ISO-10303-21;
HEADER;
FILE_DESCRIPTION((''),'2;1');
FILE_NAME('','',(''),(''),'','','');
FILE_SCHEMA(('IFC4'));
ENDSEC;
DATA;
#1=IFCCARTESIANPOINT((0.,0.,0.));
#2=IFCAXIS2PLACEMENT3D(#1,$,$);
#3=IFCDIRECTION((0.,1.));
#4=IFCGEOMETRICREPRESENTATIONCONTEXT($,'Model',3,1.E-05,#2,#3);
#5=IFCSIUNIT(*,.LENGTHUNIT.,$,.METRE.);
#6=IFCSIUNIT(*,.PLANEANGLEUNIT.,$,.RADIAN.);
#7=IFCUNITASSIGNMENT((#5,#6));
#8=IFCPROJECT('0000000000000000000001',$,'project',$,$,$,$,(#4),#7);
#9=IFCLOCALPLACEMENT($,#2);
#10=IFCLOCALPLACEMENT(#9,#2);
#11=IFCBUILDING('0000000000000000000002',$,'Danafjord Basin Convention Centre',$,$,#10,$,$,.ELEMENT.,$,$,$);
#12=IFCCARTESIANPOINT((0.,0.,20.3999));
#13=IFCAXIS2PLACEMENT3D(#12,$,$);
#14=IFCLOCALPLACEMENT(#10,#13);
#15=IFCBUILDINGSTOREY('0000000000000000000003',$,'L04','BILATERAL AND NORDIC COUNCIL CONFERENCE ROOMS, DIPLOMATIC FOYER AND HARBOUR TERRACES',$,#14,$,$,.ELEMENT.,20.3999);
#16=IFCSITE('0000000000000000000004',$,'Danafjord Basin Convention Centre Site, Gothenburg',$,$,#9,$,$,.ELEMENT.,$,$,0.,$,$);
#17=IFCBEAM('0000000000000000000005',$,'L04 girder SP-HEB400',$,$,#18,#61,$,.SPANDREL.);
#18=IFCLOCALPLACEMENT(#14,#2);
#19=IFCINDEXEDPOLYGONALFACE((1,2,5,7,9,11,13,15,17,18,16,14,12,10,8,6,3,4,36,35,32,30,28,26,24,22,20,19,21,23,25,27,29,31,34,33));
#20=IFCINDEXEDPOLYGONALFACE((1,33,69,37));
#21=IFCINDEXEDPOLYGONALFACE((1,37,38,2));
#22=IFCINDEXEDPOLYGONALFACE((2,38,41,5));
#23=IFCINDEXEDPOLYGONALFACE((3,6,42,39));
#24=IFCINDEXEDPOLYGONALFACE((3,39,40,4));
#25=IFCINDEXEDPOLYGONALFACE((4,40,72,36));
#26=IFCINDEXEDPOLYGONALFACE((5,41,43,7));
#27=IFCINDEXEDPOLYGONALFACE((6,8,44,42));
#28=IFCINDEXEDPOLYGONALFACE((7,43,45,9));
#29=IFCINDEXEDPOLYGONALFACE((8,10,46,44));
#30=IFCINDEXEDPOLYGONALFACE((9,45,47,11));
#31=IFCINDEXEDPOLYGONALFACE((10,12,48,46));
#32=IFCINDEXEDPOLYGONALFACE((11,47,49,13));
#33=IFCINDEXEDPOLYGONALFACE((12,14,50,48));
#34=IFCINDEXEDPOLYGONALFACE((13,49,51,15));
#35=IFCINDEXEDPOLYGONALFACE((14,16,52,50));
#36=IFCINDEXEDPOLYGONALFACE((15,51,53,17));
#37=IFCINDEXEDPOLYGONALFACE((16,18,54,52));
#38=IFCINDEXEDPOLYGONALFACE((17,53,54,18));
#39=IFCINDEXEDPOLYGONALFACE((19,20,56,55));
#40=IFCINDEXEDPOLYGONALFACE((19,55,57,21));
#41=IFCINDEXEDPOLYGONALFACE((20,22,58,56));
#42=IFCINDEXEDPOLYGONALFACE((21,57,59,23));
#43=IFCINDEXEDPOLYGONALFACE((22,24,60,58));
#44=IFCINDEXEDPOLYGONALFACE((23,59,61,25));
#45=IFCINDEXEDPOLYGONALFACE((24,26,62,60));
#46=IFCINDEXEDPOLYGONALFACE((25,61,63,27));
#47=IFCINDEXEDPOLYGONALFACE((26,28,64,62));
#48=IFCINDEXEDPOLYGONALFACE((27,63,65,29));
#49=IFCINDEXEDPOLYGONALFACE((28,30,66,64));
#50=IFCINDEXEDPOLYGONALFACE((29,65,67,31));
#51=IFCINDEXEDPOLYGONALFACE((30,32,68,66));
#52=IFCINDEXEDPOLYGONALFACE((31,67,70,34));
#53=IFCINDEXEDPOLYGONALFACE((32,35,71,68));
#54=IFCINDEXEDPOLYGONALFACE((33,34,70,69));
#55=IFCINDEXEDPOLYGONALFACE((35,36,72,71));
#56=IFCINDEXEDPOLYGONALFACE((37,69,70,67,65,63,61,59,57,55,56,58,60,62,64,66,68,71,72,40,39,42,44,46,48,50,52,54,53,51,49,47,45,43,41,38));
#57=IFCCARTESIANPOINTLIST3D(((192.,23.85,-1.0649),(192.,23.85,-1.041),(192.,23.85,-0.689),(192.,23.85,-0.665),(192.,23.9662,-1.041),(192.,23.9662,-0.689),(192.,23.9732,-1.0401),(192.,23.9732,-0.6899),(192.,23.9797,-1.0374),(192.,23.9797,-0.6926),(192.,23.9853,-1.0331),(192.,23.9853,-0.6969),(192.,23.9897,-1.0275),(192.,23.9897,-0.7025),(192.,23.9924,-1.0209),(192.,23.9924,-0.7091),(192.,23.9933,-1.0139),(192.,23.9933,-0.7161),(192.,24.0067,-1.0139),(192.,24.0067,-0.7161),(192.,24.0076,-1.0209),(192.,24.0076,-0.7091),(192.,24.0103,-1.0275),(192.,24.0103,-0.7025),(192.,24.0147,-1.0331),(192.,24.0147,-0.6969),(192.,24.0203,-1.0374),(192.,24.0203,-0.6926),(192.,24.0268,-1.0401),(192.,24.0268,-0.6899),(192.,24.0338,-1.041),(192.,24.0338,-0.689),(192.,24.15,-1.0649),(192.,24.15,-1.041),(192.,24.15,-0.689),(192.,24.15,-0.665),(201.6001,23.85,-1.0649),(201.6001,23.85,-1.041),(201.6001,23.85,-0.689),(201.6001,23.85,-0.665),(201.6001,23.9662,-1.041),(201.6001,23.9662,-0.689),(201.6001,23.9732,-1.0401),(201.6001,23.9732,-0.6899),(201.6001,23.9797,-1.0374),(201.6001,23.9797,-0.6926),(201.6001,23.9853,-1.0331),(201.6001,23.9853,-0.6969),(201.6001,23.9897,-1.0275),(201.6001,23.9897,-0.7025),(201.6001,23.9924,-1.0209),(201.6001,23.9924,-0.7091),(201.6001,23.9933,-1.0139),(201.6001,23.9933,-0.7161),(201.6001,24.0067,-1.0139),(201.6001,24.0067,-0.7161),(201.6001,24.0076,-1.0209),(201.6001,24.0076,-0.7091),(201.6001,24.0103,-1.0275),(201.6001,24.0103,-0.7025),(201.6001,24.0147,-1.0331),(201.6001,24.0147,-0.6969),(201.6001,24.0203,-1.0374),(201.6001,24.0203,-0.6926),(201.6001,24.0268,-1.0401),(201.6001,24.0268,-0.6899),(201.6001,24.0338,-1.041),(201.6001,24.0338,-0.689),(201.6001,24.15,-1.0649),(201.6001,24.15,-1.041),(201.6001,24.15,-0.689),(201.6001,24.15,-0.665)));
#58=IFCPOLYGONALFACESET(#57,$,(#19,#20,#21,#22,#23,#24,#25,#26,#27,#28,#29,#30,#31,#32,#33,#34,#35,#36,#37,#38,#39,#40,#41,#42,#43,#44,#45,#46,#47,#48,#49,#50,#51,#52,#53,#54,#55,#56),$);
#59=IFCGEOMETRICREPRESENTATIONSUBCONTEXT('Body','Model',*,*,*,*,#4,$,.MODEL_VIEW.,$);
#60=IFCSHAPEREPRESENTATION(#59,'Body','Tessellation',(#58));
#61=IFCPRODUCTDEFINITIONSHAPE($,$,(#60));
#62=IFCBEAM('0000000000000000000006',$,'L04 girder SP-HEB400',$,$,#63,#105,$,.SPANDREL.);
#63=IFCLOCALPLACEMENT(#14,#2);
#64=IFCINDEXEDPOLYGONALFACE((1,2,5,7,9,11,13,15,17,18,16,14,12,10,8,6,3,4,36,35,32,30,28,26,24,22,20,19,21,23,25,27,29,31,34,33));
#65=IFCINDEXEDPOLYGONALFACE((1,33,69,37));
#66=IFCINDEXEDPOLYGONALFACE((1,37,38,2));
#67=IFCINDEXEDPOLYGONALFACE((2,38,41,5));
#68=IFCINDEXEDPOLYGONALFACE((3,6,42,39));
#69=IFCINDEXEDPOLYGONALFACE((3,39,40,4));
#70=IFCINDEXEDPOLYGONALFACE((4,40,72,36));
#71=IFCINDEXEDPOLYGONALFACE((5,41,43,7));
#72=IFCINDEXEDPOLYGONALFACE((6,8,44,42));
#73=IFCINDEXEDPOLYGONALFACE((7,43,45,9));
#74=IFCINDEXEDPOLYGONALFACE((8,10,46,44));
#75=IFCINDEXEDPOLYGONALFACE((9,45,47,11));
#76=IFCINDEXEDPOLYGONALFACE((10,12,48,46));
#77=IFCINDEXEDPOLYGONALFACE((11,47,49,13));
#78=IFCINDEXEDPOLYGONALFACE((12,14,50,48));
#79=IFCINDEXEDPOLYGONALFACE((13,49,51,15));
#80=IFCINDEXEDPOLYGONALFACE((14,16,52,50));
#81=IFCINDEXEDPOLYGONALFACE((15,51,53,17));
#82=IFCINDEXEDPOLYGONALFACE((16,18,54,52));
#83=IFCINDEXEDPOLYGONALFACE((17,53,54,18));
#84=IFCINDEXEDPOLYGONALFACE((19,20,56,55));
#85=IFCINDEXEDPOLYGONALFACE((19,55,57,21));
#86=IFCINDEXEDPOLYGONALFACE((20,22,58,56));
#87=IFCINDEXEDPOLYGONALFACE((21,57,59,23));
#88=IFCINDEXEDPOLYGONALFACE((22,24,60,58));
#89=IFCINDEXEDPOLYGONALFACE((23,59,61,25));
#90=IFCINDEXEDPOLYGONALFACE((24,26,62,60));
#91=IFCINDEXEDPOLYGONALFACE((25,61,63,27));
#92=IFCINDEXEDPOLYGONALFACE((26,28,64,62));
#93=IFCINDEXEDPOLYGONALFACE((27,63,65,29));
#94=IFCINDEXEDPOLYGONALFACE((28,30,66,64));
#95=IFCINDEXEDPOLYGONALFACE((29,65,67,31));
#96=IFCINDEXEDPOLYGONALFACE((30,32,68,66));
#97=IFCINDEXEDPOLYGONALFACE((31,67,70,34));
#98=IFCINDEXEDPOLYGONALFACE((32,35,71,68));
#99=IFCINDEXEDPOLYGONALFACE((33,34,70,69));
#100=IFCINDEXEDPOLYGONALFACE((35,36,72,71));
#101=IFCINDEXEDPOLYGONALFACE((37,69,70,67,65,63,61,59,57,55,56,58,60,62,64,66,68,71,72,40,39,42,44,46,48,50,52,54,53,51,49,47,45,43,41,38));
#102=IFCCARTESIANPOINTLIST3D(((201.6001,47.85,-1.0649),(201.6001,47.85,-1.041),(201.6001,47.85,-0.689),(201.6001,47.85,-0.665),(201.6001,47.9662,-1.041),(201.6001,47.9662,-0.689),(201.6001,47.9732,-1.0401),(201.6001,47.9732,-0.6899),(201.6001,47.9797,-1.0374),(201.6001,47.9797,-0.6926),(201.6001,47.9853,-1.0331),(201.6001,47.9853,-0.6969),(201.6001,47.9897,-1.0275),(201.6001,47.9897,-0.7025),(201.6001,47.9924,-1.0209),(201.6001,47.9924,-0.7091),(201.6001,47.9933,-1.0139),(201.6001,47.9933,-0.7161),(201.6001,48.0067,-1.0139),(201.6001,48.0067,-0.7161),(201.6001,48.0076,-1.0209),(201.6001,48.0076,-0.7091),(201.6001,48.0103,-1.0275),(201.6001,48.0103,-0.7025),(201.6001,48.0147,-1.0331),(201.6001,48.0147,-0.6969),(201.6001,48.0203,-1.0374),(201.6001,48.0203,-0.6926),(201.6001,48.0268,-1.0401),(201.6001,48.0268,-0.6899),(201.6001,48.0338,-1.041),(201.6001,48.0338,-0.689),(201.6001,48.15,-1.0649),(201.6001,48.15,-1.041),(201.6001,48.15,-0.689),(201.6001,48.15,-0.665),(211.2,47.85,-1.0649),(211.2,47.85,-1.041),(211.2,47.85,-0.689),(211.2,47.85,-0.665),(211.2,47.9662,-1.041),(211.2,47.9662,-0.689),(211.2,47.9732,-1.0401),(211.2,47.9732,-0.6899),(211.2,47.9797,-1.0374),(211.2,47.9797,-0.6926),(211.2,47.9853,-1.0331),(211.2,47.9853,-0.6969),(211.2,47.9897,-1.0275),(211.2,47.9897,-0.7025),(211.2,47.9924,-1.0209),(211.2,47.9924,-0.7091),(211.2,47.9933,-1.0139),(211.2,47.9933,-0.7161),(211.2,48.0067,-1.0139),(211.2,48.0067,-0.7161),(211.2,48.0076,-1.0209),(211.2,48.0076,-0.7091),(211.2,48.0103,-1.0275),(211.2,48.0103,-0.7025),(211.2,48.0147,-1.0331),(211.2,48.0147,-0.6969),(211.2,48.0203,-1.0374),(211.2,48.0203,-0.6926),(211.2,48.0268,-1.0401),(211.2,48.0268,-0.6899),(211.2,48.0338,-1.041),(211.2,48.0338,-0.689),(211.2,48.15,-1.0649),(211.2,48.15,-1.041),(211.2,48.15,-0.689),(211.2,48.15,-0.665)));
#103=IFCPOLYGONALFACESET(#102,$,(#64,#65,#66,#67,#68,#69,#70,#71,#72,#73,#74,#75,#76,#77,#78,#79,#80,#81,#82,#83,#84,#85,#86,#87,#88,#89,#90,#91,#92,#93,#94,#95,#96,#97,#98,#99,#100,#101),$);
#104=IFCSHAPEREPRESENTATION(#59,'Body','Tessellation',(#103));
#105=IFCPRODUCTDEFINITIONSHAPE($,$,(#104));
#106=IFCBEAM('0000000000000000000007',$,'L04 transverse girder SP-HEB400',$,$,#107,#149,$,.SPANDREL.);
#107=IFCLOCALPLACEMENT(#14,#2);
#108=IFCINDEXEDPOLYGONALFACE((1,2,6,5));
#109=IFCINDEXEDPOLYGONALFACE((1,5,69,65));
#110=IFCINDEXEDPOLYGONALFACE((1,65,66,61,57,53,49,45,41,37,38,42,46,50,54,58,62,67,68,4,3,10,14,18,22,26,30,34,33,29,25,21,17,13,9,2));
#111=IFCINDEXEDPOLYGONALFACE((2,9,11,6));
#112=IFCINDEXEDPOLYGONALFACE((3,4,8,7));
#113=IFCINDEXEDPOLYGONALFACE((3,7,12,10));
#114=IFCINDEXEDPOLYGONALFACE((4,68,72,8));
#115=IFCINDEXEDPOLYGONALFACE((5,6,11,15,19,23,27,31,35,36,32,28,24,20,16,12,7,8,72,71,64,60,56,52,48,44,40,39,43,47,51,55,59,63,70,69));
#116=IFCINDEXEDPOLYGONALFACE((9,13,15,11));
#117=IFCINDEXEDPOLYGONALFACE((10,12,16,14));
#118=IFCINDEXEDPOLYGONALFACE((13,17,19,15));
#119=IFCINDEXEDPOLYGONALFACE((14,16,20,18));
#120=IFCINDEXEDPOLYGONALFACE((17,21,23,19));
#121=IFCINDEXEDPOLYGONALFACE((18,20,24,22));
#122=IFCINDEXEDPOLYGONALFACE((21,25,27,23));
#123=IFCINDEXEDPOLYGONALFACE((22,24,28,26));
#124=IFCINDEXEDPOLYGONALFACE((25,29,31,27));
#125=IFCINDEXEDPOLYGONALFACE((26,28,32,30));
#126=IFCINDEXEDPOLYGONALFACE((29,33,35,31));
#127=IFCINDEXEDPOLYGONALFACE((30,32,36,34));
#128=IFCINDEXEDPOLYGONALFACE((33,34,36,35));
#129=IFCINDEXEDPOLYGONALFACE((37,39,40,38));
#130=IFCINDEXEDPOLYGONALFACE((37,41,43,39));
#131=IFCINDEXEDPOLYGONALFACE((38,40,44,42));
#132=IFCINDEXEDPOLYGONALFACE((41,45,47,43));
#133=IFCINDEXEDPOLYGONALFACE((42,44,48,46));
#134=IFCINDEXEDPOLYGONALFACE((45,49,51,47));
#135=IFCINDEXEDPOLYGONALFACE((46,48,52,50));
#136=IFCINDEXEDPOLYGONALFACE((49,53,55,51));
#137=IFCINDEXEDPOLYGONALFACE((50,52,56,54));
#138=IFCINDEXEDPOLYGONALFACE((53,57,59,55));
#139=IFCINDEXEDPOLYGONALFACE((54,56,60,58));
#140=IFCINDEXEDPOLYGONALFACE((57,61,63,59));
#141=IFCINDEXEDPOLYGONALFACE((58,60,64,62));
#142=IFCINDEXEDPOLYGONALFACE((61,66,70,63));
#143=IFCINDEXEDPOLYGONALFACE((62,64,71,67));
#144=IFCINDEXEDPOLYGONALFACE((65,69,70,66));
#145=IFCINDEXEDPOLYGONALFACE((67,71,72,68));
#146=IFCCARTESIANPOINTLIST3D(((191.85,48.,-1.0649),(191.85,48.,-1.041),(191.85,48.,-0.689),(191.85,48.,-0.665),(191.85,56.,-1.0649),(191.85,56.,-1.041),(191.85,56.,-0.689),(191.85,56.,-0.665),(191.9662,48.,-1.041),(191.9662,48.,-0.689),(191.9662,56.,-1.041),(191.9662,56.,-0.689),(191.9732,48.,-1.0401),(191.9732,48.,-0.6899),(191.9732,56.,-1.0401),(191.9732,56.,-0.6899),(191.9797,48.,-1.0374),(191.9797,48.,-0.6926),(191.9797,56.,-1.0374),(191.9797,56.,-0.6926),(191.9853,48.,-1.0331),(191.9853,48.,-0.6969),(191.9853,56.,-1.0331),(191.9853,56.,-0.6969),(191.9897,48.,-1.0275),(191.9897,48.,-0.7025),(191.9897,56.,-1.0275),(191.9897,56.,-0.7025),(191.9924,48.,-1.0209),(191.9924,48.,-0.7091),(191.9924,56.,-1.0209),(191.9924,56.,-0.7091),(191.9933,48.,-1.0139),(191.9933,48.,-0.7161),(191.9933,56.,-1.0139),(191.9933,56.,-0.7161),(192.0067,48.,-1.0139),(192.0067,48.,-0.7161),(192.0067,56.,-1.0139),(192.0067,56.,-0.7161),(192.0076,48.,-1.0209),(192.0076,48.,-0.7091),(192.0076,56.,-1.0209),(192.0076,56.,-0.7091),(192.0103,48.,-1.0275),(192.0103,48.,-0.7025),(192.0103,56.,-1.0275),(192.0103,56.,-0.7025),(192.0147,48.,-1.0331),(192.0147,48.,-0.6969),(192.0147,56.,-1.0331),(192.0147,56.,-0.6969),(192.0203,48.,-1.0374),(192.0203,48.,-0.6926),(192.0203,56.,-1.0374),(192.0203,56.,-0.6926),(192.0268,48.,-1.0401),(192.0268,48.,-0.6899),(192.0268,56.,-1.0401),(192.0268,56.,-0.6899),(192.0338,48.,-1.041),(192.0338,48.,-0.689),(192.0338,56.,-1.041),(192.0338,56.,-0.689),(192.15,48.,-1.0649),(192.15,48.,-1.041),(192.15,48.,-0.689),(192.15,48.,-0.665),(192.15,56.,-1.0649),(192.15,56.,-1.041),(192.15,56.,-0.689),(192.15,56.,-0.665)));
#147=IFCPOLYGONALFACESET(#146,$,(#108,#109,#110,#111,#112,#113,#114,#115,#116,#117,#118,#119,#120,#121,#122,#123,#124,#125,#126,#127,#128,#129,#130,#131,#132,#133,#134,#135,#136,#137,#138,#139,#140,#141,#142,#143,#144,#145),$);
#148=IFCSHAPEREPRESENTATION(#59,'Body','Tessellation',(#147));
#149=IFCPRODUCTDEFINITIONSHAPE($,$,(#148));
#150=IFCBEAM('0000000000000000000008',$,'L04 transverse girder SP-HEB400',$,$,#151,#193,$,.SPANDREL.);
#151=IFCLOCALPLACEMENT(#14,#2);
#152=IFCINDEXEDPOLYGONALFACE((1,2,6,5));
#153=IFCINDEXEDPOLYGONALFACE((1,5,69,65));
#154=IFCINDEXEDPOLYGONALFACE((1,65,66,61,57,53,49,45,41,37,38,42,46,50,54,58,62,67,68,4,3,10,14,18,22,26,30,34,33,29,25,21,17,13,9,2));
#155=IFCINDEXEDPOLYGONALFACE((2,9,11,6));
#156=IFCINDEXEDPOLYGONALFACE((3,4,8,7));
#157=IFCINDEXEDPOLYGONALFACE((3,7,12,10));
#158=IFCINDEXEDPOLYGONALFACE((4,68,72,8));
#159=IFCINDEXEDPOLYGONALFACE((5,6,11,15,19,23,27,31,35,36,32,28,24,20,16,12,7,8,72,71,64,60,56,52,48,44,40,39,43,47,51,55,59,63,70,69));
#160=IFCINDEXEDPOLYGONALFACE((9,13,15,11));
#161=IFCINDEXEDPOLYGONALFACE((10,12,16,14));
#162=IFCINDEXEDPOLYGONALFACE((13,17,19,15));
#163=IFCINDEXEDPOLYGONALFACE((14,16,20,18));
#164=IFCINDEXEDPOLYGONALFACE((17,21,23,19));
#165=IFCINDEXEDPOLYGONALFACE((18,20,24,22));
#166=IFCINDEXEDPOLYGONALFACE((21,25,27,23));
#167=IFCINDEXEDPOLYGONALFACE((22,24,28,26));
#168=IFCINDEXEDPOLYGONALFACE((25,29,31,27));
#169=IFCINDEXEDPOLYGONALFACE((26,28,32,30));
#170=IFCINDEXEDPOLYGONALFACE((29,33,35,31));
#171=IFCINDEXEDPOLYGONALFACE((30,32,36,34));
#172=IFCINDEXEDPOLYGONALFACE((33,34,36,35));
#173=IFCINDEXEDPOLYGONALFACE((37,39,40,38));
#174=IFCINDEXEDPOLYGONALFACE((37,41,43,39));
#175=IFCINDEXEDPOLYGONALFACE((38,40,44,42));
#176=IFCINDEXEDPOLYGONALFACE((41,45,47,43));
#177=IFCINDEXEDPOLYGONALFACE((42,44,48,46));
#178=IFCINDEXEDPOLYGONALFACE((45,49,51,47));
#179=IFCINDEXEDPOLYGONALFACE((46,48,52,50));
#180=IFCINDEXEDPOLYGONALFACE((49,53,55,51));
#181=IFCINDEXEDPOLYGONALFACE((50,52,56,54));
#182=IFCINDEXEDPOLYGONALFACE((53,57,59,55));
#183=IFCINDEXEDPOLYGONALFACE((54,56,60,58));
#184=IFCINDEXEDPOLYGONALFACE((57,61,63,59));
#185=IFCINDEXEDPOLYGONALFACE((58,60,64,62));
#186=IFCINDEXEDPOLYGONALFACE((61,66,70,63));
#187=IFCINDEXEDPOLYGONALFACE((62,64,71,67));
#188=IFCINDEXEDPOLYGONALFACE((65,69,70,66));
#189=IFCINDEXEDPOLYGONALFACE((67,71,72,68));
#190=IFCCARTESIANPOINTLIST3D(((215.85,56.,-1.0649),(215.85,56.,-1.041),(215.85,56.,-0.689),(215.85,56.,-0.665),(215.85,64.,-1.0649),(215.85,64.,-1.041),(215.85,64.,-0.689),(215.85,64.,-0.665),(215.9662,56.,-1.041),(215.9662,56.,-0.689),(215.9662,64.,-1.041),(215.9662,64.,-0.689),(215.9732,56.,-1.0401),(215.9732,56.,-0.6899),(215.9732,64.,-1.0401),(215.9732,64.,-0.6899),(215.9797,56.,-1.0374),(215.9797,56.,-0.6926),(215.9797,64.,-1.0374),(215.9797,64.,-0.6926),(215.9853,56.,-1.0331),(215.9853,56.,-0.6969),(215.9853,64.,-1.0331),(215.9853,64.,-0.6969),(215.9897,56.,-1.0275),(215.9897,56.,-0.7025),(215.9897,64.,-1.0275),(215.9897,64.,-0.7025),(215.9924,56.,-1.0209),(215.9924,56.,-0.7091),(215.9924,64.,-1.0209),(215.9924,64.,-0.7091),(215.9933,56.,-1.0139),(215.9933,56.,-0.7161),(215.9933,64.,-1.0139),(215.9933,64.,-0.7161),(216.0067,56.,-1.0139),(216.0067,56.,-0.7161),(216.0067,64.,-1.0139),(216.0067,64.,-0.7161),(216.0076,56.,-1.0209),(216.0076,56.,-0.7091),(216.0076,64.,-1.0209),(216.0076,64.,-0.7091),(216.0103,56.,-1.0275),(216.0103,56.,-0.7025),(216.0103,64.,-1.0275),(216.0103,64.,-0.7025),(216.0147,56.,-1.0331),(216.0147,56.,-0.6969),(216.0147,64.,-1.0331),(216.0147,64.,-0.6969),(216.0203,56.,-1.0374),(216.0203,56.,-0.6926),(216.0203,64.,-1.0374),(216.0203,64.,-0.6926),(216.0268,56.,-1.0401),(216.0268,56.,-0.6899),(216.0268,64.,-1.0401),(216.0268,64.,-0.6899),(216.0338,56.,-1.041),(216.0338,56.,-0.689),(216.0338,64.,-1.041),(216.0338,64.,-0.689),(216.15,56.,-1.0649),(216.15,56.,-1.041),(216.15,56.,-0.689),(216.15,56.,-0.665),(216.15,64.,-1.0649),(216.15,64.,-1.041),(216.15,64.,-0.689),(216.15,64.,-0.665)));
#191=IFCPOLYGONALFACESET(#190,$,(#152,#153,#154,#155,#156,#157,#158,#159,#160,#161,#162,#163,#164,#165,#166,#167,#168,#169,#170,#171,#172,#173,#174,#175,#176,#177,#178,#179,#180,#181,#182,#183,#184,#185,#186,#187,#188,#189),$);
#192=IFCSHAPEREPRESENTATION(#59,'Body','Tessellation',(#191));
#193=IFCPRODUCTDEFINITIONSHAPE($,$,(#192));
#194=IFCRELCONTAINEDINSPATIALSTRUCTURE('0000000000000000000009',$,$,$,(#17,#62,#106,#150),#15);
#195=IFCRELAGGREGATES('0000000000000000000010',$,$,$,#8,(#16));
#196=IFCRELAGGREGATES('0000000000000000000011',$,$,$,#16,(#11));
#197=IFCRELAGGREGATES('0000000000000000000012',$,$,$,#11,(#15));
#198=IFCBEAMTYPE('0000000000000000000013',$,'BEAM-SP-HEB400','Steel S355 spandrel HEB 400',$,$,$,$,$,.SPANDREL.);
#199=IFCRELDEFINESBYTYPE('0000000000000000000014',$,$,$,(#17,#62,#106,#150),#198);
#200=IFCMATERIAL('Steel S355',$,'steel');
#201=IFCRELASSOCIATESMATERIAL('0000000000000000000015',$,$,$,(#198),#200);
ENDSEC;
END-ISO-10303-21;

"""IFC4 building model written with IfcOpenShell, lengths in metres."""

from ifc_helpers import new_model, si_unit, direction, frame, origin, origin_2d, place, context, subcontext, project, spatial, i_section, extrude, material, material_profile, profile_set, type_object, element, save


model = new_model("IFC4")

# Units and contexts
model_context = context("Model", 3, precision=1e-05, world=origin(), true_north=direction((0.0, 1.0)))
body_context = subcontext(model_context, "Body", "Model", "MODEL_VIEW")
ifc_project = project(units=[si_unit("LENGTHUNIT", "METRE"), si_unit("PLANEANGLEUNIT", "RADIAN")], contexts=[model_context])

# Site, building, storey
site_placement = place(None, origin())
site = spatial("IfcSite", under=ifc_project, at=site_placement, Name="Danafjord Basin Convention Centre Site, Gothenburg", CompositionType="ELEMENT", RefElevation=0.0)
building_placement = place(site_placement, origin())
building = spatial("IfcBuilding", under=site, at=building_placement, Name="Danafjord Basin Convention Centre", CompositionType="ELEMENT")
storey_placement = place(building_placement, frame((0.0, 0.0, 20.3999)))
storey = spatial("IfcBuildingStorey", under=building, at=storey_placement, Name="L04", Description="BILATERAL AND NORDIC COUNCIL CONFERENCE ROOMS, DIPLOMATIC FOYER AND HARBOUR TERRACES", CompositionType="ELEMENT", Elevation=20.3999)

# Beams
ifc_material_1 = material(Name="Steel S355", Category="steel")
ifc_material_profile_1 = material_profile(ifc_material_1, i_section(OverallWidth=0.3, OverallDepth=0.3999, WebThickness=0.0134, FlangeThickness=0.0239, FilletRadius=0.0271, at=origin_2d()), Name="HEB 400")
ifc_profile_set_1 = profile_set([ifc_material_profile_1], Name="Steel S355")
beam_type_1 = type_object("IfcBeamType", Name="BEAM-SP-HEB400", Description="Steel S355 spandrel HEB 400", PredefinedType="SPANDREL", material=ifc_profile_set_1)
beam_1_placement = place(storey_placement, frame((192.0, 24.0, -0.865), z_axis=(1.0, 0.0, 0.0), x_axis=(0.0, 1.0, 0.0)))
element("IfcBeam", 1, at=beam_1_placement, inside=storey, type_object=beam_type_1, Name="L04 girder SP-HEB400", PredefinedType="SPANDREL", context=body_context, shape_type="SweptSolid", body=[
    extrude(i_section(OverallWidth=0.3, OverallDepth=0.3999, WebThickness=0.0134, FlangeThickness=0.0239, FilletRadius=0.0271, at=origin_2d()), origin(), (0.0, 0.0, 1.0), 9.6001),
])
beam_2_placement = place(storey_placement, frame((201.6001, 48.0, -0.865), z_axis=(1.0, 0.0, 0.0), x_axis=(0.0, 1.0, 0.0)))
element("IfcBeam", 2, at=beam_2_placement, inside=storey, type_object=beam_type_1, Name="L04 girder SP-HEB400", PredefinedType="SPANDREL", context=body_context, shape_type="SweptSolid", body=[
    extrude(i_section(OverallWidth=0.3, OverallDepth=0.3999, WebThickness=0.0134, FlangeThickness=0.0239, FilletRadius=0.0271, at=origin_2d()), origin(), (0.0, 0.0, 1.0), 9.5999),
])
for number, where, z_axis, x_axis, name in (
    (3, (192.0, 48.0, -0.865), (0.0, 1.0, 0.0), (-1.0, 0.0, 0.0), "L04 transverse girder SP-HEB400"),
    (4, (216.0, 56.0, -0.865), (0.0, 1.0, 0.0), (-1.0, 0.0, 0.0), "L04 transverse girder SP-HEB400"),
):
    element("IfcBeam", number, at=place(storey_placement, frame(where, z_axis=z_axis, x_axis=x_axis)), inside=storey, type_object=beam_type_1, Name=name, PredefinedType="SPANDREL", context=body_context, shape_type="SweptSolid", body=[
        extrude(i_section(OverallWidth=0.3, OverallDepth=0.3999, WebThickness=0.0134, FlangeThickness=0.0239, FilletRadius=0.0271, at=origin_2d()), origin(), (0.0, 0.0, 1.0), 8.0),
    ])

save(model, "model.ifc")
